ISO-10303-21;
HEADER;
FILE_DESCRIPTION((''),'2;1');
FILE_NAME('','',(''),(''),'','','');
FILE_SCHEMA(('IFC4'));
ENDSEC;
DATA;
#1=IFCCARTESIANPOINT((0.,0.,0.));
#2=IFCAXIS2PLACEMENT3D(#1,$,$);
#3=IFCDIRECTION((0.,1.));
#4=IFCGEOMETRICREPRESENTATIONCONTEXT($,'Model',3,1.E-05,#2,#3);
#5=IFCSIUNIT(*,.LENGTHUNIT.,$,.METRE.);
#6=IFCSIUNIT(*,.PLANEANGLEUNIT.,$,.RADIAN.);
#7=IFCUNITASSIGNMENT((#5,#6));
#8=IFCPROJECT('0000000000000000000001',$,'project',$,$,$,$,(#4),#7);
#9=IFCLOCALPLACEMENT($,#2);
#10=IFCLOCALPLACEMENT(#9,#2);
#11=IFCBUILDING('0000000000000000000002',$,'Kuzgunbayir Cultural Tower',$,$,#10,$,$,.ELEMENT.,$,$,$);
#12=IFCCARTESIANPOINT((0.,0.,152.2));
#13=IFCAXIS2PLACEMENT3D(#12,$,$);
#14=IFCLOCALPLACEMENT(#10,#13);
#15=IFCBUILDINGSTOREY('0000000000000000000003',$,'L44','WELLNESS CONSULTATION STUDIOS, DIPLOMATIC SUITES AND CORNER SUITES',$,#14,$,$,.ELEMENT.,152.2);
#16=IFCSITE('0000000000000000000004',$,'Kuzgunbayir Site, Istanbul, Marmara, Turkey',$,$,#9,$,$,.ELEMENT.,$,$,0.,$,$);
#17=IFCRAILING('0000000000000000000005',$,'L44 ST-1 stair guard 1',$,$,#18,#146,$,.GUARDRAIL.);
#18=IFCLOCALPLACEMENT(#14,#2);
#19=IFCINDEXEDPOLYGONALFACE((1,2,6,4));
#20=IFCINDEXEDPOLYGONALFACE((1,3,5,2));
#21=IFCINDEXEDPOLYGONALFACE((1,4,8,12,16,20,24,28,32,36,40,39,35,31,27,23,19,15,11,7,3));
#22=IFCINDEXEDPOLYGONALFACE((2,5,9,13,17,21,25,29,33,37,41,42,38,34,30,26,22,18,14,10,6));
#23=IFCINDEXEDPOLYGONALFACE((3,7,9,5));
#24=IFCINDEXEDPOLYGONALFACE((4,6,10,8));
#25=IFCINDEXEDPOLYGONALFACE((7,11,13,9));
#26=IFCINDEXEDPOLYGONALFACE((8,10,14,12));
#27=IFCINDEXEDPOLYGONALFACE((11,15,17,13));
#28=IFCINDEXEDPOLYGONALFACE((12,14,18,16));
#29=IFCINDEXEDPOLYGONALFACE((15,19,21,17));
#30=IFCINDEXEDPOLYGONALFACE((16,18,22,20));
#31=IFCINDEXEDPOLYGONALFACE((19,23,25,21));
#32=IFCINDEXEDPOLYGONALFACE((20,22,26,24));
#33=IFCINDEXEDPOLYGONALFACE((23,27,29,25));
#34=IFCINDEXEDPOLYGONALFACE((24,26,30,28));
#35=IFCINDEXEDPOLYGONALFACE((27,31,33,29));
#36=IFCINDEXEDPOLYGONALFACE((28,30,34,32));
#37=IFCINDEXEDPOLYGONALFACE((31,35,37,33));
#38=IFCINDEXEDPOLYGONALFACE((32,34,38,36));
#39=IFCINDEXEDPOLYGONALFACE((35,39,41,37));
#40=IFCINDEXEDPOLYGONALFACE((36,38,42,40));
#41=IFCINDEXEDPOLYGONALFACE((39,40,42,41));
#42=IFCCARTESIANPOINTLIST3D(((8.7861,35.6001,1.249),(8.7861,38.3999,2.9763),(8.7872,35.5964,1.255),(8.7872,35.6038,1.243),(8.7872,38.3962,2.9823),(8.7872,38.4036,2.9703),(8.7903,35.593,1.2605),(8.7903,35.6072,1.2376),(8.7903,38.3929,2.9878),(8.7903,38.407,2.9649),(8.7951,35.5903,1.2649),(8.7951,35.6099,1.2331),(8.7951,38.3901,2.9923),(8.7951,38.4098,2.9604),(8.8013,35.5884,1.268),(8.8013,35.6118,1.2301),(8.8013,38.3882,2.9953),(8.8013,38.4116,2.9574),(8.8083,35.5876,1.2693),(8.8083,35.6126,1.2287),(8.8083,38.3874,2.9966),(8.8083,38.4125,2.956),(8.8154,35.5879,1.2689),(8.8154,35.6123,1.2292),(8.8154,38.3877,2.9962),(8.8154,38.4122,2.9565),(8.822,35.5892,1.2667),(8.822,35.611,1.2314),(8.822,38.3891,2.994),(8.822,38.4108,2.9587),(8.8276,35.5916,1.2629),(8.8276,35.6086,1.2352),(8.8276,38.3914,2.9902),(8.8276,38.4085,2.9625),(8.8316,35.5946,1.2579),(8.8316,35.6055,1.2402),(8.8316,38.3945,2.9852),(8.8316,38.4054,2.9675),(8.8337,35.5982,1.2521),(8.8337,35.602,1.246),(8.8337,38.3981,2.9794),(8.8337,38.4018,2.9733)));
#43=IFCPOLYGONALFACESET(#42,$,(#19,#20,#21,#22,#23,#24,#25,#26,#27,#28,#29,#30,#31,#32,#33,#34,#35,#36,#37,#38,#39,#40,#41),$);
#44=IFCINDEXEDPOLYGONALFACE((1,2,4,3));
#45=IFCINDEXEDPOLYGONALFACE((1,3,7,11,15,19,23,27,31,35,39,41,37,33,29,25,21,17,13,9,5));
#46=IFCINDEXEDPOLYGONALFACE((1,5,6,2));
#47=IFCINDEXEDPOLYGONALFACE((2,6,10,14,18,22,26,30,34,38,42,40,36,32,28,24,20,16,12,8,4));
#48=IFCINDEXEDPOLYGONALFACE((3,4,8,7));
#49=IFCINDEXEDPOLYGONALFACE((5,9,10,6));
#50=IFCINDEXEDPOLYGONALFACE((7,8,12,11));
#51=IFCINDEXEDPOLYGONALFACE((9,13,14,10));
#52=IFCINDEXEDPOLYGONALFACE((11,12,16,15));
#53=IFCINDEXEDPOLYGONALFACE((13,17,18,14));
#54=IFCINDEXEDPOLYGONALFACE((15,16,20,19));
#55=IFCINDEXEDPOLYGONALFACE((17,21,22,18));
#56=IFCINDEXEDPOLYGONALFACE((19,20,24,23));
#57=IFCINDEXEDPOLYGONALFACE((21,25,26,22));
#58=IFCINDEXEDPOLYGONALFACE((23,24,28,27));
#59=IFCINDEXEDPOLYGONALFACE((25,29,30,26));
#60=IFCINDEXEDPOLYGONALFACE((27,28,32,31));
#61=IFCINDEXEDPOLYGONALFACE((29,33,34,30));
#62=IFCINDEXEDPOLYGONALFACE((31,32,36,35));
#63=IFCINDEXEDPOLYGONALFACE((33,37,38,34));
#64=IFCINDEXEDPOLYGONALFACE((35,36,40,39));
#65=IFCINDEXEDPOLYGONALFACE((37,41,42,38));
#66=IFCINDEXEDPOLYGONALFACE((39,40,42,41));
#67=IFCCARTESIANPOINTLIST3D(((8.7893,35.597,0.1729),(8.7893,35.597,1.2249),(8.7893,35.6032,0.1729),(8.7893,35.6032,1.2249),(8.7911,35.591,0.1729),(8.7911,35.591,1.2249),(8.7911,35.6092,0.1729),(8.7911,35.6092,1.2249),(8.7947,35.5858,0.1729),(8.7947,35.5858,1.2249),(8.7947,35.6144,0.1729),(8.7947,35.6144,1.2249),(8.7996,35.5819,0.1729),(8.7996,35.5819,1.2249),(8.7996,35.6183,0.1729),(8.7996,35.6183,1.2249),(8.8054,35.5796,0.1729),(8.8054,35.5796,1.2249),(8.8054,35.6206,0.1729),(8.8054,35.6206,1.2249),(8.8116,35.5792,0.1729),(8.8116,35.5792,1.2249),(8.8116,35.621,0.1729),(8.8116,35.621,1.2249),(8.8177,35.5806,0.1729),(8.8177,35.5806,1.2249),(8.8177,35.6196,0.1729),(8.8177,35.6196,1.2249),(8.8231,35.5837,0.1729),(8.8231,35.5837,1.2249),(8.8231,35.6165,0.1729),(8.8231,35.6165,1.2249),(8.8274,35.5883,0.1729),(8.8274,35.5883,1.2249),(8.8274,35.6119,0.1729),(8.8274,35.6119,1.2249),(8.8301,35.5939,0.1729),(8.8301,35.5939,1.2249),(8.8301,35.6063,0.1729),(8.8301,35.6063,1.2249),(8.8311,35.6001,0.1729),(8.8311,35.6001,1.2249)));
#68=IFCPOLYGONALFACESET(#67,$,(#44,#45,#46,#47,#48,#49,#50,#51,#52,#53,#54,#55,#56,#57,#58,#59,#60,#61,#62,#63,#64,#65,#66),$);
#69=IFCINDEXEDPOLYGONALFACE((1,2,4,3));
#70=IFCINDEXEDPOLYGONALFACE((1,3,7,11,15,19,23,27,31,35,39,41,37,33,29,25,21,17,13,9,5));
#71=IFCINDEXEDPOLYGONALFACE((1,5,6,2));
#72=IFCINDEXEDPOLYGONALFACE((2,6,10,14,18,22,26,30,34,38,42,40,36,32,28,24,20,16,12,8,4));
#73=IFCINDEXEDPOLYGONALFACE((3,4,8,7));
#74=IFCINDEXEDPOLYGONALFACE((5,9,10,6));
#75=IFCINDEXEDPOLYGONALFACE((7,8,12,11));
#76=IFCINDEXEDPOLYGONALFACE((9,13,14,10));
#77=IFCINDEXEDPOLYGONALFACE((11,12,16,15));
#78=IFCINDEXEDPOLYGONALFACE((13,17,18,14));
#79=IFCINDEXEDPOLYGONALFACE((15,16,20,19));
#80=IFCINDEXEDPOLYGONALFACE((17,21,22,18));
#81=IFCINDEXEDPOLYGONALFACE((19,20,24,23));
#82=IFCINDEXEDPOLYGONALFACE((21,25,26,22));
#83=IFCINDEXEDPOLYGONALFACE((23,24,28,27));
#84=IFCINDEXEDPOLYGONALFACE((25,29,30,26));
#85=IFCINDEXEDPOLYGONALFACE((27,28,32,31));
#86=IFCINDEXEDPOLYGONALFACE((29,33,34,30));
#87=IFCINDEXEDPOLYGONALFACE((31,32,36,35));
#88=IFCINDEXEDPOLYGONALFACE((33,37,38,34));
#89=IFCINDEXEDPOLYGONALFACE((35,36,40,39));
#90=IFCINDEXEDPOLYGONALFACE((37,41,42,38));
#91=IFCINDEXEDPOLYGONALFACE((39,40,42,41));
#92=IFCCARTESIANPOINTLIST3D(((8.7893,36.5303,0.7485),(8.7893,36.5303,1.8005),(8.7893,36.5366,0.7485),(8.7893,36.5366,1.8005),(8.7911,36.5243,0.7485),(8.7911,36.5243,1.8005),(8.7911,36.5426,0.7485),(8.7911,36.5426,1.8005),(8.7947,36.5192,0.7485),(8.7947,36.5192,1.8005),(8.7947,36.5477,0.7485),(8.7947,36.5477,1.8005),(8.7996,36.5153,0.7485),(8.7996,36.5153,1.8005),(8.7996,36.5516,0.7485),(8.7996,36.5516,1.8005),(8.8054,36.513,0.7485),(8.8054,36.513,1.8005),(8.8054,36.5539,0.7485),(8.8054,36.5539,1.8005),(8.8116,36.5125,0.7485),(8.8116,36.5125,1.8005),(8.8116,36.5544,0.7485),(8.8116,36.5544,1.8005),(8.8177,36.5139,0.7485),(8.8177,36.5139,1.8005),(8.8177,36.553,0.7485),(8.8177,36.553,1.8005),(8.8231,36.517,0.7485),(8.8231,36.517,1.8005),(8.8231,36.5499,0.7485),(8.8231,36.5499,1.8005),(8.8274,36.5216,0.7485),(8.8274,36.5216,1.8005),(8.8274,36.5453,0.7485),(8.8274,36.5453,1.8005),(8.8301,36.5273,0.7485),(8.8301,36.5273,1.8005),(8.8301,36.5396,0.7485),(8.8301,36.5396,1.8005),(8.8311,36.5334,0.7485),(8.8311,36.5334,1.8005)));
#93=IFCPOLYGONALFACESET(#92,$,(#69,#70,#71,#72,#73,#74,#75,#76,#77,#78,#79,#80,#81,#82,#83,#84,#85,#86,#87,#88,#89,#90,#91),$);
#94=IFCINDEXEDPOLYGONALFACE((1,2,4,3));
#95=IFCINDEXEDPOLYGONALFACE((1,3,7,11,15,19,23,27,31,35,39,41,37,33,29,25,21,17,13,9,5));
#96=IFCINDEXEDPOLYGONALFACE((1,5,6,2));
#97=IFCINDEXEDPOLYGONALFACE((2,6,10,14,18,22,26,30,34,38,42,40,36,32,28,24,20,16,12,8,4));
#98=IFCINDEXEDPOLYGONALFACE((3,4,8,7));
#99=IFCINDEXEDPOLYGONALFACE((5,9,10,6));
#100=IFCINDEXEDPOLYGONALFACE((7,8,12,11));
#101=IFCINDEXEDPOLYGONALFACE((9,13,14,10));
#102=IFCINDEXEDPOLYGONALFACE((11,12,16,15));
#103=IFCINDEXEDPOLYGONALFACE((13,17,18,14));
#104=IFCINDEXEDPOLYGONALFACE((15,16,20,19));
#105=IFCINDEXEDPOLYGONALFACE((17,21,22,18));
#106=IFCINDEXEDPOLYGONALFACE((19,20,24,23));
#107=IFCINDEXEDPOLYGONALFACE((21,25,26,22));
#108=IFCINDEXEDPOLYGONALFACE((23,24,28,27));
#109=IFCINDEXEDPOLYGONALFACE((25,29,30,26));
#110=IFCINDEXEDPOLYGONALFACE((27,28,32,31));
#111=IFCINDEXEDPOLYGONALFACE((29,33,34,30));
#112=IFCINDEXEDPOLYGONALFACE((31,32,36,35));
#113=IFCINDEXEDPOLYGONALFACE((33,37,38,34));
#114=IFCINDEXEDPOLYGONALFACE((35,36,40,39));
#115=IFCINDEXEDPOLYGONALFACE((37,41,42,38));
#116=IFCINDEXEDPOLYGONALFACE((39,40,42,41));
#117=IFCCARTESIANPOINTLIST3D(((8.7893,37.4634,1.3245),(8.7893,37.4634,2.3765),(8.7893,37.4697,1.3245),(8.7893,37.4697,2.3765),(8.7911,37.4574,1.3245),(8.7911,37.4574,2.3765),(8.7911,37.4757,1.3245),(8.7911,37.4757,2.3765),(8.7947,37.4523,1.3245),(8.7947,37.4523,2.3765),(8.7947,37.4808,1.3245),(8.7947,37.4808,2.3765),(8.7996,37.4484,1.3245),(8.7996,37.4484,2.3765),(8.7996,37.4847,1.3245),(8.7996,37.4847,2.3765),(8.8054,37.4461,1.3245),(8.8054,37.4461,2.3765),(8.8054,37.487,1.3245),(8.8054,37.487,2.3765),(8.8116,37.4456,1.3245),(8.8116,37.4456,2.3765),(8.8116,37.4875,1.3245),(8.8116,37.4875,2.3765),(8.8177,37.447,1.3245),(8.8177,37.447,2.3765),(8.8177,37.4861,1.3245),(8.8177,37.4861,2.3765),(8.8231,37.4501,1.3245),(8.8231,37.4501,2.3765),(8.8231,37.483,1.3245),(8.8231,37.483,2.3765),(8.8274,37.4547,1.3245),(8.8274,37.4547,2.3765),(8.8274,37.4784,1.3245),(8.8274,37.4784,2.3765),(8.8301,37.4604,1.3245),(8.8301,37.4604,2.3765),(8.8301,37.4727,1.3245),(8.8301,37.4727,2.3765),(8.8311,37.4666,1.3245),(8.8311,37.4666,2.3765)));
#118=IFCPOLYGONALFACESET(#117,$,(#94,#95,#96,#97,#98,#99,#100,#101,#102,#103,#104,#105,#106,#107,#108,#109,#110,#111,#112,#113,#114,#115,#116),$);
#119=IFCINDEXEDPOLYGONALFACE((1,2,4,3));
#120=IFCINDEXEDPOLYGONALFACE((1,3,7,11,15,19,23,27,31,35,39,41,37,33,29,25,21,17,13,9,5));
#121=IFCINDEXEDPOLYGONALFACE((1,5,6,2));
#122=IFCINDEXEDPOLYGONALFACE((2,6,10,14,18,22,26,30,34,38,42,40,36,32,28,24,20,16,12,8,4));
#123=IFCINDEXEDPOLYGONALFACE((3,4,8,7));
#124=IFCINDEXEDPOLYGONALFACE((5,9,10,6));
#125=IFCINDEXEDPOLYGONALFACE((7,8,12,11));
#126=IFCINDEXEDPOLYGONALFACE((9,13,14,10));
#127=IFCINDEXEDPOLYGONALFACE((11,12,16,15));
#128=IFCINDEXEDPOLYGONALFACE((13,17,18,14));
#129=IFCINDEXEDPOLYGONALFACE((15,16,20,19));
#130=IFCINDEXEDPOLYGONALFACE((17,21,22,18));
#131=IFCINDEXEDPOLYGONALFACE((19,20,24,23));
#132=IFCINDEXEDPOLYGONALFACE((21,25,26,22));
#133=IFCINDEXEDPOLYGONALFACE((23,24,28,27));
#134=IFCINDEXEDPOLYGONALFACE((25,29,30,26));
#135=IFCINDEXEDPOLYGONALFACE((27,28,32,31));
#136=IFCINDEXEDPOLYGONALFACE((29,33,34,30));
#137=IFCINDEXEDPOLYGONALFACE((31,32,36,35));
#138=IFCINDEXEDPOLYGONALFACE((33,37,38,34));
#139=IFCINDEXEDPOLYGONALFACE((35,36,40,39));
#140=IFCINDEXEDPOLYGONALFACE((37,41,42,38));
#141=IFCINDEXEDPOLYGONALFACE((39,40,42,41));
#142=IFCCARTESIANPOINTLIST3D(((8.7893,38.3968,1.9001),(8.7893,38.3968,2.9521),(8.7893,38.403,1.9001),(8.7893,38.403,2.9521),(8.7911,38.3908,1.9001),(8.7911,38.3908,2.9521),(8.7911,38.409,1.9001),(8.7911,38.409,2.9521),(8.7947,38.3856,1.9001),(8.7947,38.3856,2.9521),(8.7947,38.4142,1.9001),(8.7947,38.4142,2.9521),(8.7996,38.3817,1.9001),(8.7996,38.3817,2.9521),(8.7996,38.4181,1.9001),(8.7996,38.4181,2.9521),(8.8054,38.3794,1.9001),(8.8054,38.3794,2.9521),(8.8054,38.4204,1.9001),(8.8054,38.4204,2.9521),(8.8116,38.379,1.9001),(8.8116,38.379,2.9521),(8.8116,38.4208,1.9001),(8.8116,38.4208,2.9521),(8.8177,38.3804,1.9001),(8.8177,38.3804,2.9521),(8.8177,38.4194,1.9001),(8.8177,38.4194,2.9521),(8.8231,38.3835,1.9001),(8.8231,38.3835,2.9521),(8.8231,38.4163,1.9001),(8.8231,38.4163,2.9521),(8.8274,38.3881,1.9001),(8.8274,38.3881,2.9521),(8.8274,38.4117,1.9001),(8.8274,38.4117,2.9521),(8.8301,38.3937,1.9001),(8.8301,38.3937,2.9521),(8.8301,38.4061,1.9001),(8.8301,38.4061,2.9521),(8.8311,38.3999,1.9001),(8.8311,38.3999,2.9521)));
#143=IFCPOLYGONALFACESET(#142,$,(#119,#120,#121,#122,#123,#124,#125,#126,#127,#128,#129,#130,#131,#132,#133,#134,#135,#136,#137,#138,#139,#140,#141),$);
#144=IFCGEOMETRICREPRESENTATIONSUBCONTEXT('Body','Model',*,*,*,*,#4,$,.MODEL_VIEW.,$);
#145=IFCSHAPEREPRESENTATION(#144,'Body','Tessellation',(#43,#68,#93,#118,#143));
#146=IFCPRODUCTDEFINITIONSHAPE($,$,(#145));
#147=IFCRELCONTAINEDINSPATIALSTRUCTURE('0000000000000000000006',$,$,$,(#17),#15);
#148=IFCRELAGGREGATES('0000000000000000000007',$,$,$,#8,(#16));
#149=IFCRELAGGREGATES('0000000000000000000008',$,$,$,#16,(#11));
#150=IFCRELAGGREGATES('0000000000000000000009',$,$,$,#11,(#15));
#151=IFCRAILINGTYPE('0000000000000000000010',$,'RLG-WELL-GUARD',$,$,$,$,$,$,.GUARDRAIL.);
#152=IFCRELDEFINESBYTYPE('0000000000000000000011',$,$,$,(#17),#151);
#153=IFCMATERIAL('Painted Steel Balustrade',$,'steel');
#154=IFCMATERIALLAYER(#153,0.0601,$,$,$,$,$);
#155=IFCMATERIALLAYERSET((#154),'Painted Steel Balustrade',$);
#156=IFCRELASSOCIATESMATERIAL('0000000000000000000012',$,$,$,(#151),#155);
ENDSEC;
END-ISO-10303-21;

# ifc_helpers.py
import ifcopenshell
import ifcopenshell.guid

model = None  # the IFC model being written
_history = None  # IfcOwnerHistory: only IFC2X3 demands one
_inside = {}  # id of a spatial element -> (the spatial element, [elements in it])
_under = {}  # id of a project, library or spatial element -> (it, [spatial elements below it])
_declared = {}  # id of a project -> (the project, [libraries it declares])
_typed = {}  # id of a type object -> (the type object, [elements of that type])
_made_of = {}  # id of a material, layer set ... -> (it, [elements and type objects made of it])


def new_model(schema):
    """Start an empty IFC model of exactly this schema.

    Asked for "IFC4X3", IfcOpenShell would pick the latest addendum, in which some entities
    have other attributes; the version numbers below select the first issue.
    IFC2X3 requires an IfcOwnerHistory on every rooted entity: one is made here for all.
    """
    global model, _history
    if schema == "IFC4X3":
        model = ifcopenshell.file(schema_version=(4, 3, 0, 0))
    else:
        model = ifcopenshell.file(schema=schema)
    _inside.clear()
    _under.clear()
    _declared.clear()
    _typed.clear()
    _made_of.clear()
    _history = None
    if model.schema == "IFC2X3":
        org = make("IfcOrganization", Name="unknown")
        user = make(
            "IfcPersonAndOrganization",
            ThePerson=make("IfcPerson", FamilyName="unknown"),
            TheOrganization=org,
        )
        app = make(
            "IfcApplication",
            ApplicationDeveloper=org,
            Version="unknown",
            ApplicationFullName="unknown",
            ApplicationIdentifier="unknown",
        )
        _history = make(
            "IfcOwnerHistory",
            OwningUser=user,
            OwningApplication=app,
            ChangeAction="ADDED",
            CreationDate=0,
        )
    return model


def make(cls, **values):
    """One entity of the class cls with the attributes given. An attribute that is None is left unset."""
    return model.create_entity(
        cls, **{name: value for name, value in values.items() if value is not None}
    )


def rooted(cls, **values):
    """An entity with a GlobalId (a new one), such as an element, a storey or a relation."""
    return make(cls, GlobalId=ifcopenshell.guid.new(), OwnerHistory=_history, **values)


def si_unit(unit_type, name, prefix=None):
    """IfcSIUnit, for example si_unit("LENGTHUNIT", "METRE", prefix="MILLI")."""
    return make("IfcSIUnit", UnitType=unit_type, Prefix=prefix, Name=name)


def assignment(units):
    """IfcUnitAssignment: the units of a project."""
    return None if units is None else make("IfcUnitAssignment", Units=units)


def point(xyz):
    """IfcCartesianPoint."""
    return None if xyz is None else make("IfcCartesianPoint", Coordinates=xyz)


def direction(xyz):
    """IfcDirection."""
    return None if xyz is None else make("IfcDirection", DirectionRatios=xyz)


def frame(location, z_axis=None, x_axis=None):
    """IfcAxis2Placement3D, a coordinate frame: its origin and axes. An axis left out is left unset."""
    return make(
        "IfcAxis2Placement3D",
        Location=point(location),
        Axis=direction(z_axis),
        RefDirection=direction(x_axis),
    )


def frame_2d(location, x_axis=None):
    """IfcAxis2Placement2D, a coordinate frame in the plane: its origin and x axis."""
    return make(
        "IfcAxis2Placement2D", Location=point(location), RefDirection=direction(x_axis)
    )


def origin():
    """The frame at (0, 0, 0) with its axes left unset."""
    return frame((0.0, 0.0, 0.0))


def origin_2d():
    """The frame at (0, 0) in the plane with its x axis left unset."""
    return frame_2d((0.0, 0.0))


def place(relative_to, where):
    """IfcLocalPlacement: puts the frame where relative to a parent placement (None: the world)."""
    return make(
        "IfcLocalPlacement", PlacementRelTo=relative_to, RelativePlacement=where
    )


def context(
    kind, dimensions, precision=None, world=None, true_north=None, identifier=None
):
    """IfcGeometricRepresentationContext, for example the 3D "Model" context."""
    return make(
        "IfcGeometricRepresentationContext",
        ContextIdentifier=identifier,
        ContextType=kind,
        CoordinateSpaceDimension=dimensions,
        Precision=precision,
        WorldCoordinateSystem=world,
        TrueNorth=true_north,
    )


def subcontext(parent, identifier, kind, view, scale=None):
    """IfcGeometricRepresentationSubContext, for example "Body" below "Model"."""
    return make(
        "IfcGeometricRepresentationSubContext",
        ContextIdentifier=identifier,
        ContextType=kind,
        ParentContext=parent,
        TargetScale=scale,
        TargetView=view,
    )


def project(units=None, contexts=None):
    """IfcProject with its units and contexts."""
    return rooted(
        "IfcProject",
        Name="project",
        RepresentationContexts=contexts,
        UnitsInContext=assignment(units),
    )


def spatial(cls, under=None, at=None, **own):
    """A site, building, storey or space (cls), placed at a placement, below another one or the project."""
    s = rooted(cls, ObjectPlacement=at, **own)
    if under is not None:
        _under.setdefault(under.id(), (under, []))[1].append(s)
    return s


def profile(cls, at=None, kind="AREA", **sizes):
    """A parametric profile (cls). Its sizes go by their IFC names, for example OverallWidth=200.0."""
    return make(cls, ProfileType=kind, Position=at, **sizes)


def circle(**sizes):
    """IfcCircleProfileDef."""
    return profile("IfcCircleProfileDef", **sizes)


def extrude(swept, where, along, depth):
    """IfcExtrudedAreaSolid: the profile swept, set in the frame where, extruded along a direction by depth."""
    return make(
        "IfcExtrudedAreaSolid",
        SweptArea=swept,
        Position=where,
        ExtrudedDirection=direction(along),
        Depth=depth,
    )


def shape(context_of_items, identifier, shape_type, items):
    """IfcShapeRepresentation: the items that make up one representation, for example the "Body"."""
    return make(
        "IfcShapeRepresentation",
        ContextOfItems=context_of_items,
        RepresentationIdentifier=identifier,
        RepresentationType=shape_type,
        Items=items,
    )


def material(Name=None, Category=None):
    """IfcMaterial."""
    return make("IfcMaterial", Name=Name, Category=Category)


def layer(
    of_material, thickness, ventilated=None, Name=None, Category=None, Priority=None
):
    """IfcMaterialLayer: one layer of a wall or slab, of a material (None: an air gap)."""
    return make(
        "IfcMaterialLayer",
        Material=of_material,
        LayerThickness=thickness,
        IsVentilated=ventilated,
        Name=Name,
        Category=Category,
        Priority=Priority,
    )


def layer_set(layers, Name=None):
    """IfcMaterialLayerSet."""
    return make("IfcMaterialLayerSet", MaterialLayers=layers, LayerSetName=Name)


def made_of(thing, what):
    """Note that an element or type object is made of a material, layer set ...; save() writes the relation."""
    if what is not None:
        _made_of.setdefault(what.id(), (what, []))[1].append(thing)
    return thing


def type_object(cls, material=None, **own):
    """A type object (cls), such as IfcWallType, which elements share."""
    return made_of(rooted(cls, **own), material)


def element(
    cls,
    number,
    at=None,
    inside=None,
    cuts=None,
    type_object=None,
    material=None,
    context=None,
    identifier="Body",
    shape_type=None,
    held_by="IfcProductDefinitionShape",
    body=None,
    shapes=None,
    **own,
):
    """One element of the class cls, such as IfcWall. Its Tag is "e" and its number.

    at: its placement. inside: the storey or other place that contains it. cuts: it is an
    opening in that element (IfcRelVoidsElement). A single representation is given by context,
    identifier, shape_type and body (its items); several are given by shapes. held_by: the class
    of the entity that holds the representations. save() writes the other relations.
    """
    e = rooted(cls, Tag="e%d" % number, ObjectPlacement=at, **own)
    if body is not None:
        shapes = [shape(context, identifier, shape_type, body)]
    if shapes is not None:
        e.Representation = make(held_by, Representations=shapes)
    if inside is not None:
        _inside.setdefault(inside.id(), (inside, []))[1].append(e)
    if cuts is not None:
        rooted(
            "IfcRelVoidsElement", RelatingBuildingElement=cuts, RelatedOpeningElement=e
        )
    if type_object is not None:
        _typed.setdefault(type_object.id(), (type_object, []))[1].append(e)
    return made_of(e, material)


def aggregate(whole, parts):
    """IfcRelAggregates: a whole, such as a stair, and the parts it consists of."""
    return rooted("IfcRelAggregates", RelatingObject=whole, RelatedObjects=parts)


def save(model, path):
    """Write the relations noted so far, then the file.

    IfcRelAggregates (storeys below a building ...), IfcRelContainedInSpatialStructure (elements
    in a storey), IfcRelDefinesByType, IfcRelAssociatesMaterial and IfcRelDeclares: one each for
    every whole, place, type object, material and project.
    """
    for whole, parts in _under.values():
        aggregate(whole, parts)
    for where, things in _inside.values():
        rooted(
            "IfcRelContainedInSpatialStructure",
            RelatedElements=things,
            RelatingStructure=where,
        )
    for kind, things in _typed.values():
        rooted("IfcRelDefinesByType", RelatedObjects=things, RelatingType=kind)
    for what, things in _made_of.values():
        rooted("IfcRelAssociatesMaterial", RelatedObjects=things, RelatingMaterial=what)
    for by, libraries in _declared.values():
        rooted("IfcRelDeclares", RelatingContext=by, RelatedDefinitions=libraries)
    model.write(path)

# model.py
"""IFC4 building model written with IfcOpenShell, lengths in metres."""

from ifc_helpers import new_model, si_unit, direction, frame, origin, origin_2d, place, context, subcontext, project, spatial, circle, extrude, material, layer, layer_set, type_object, element, save


model = new_model("IFC4")

# Units and contexts
model_context = context("Model", 3, precision=1e-05, world=origin(), true_north=direction((0.0, 1.0)))
body_context = subcontext(model_context, "Body", "Model", "MODEL_VIEW")
ifc_project = project(units=[si_unit("LENGTHUNIT", "METRE"), si_unit("PLANEANGLEUNIT", "RADIAN")], contexts=[model_context])

# Site, building, storey
site_placement = place(None, origin())
site = spatial("IfcSite", under=ifc_project, at=site_placement, Name="Kuzgunbayir Site, Istanbul, Marmara, Turkey", CompositionType="ELEMENT", RefElevation=0.0)
building_placement = place(site_placement, origin())
building = spatial("IfcBuilding", under=site, at=building_placement, Name="Kuzgunbayir Cultural Tower", CompositionType="ELEMENT")
storey_placement = place(building_placement, frame((0.0, 0.0, 152.2)))
storey = spatial("IfcBuildingStorey", under=building, at=storey_placement, Name="L44", Description="WELLNESS CONSULTATION STUDIOS, DIPLOMATIC SUITES AND CORNER SUITES", CompositionType="ELEMENT", Elevation=152.2)

# Railing
ifc_material_1 = material(Name="Painted Steel Balustrade", Category="steel")
ifc_layer_1 = layer(ifc_material_1, 0.0601)
ifc_layer_set_1 = layer_set([ifc_layer_1], Name="Painted Steel Balustrade")
railing_type_1 = type_object("IfcRailingType", Name="RLG-WELL-GUARD", PredefinedType="GUARDRAIL", material=ifc_layer_set_1)
railing_1_placement = place(storey_placement, frame((8.8101, 35.6001, 0.1729)))
element("IfcRailing", 1, at=railing_1_placement, inside=storey, type_object=railing_type_1, Name="L44 ST-1 stair guard 1", PredefinedType="GUARDRAIL", context=body_context, shape_type="SweptSolid", body=[
    extrude(circle(Radius=0.0239, at=origin_2d()), frame((0.0, 0.0, 1.0762), z_axis=(0.0, 0.851069, 0.525054), x_axis=(-1.0, 0.0, 0.0)), (0.0, 0.0, 1.0), 3.2898),
    extrude(circle(Radius=0.021, at=origin_2d()), origin(), (0.0, 0.0, 1.0), 1.052),
    extrude(circle(Radius=0.021, at=origin_2d()), frame((0.0, 0.9333, 0.5757)), (0.0, 0.0, 1.0), 1.052),
    extrude(circle(Radius=0.021, at=origin_2d()), frame((0.0, 1.8665, 1.1516)), (0.0, 0.0, 1.0), 1.052),
    extrude(circle(Radius=0.021, at=origin_2d()), frame((0.0, 2.7998, 1.7273)), (0.0, 0.0, 1.0), 1.052),
])

save(model, "model.ifc")
